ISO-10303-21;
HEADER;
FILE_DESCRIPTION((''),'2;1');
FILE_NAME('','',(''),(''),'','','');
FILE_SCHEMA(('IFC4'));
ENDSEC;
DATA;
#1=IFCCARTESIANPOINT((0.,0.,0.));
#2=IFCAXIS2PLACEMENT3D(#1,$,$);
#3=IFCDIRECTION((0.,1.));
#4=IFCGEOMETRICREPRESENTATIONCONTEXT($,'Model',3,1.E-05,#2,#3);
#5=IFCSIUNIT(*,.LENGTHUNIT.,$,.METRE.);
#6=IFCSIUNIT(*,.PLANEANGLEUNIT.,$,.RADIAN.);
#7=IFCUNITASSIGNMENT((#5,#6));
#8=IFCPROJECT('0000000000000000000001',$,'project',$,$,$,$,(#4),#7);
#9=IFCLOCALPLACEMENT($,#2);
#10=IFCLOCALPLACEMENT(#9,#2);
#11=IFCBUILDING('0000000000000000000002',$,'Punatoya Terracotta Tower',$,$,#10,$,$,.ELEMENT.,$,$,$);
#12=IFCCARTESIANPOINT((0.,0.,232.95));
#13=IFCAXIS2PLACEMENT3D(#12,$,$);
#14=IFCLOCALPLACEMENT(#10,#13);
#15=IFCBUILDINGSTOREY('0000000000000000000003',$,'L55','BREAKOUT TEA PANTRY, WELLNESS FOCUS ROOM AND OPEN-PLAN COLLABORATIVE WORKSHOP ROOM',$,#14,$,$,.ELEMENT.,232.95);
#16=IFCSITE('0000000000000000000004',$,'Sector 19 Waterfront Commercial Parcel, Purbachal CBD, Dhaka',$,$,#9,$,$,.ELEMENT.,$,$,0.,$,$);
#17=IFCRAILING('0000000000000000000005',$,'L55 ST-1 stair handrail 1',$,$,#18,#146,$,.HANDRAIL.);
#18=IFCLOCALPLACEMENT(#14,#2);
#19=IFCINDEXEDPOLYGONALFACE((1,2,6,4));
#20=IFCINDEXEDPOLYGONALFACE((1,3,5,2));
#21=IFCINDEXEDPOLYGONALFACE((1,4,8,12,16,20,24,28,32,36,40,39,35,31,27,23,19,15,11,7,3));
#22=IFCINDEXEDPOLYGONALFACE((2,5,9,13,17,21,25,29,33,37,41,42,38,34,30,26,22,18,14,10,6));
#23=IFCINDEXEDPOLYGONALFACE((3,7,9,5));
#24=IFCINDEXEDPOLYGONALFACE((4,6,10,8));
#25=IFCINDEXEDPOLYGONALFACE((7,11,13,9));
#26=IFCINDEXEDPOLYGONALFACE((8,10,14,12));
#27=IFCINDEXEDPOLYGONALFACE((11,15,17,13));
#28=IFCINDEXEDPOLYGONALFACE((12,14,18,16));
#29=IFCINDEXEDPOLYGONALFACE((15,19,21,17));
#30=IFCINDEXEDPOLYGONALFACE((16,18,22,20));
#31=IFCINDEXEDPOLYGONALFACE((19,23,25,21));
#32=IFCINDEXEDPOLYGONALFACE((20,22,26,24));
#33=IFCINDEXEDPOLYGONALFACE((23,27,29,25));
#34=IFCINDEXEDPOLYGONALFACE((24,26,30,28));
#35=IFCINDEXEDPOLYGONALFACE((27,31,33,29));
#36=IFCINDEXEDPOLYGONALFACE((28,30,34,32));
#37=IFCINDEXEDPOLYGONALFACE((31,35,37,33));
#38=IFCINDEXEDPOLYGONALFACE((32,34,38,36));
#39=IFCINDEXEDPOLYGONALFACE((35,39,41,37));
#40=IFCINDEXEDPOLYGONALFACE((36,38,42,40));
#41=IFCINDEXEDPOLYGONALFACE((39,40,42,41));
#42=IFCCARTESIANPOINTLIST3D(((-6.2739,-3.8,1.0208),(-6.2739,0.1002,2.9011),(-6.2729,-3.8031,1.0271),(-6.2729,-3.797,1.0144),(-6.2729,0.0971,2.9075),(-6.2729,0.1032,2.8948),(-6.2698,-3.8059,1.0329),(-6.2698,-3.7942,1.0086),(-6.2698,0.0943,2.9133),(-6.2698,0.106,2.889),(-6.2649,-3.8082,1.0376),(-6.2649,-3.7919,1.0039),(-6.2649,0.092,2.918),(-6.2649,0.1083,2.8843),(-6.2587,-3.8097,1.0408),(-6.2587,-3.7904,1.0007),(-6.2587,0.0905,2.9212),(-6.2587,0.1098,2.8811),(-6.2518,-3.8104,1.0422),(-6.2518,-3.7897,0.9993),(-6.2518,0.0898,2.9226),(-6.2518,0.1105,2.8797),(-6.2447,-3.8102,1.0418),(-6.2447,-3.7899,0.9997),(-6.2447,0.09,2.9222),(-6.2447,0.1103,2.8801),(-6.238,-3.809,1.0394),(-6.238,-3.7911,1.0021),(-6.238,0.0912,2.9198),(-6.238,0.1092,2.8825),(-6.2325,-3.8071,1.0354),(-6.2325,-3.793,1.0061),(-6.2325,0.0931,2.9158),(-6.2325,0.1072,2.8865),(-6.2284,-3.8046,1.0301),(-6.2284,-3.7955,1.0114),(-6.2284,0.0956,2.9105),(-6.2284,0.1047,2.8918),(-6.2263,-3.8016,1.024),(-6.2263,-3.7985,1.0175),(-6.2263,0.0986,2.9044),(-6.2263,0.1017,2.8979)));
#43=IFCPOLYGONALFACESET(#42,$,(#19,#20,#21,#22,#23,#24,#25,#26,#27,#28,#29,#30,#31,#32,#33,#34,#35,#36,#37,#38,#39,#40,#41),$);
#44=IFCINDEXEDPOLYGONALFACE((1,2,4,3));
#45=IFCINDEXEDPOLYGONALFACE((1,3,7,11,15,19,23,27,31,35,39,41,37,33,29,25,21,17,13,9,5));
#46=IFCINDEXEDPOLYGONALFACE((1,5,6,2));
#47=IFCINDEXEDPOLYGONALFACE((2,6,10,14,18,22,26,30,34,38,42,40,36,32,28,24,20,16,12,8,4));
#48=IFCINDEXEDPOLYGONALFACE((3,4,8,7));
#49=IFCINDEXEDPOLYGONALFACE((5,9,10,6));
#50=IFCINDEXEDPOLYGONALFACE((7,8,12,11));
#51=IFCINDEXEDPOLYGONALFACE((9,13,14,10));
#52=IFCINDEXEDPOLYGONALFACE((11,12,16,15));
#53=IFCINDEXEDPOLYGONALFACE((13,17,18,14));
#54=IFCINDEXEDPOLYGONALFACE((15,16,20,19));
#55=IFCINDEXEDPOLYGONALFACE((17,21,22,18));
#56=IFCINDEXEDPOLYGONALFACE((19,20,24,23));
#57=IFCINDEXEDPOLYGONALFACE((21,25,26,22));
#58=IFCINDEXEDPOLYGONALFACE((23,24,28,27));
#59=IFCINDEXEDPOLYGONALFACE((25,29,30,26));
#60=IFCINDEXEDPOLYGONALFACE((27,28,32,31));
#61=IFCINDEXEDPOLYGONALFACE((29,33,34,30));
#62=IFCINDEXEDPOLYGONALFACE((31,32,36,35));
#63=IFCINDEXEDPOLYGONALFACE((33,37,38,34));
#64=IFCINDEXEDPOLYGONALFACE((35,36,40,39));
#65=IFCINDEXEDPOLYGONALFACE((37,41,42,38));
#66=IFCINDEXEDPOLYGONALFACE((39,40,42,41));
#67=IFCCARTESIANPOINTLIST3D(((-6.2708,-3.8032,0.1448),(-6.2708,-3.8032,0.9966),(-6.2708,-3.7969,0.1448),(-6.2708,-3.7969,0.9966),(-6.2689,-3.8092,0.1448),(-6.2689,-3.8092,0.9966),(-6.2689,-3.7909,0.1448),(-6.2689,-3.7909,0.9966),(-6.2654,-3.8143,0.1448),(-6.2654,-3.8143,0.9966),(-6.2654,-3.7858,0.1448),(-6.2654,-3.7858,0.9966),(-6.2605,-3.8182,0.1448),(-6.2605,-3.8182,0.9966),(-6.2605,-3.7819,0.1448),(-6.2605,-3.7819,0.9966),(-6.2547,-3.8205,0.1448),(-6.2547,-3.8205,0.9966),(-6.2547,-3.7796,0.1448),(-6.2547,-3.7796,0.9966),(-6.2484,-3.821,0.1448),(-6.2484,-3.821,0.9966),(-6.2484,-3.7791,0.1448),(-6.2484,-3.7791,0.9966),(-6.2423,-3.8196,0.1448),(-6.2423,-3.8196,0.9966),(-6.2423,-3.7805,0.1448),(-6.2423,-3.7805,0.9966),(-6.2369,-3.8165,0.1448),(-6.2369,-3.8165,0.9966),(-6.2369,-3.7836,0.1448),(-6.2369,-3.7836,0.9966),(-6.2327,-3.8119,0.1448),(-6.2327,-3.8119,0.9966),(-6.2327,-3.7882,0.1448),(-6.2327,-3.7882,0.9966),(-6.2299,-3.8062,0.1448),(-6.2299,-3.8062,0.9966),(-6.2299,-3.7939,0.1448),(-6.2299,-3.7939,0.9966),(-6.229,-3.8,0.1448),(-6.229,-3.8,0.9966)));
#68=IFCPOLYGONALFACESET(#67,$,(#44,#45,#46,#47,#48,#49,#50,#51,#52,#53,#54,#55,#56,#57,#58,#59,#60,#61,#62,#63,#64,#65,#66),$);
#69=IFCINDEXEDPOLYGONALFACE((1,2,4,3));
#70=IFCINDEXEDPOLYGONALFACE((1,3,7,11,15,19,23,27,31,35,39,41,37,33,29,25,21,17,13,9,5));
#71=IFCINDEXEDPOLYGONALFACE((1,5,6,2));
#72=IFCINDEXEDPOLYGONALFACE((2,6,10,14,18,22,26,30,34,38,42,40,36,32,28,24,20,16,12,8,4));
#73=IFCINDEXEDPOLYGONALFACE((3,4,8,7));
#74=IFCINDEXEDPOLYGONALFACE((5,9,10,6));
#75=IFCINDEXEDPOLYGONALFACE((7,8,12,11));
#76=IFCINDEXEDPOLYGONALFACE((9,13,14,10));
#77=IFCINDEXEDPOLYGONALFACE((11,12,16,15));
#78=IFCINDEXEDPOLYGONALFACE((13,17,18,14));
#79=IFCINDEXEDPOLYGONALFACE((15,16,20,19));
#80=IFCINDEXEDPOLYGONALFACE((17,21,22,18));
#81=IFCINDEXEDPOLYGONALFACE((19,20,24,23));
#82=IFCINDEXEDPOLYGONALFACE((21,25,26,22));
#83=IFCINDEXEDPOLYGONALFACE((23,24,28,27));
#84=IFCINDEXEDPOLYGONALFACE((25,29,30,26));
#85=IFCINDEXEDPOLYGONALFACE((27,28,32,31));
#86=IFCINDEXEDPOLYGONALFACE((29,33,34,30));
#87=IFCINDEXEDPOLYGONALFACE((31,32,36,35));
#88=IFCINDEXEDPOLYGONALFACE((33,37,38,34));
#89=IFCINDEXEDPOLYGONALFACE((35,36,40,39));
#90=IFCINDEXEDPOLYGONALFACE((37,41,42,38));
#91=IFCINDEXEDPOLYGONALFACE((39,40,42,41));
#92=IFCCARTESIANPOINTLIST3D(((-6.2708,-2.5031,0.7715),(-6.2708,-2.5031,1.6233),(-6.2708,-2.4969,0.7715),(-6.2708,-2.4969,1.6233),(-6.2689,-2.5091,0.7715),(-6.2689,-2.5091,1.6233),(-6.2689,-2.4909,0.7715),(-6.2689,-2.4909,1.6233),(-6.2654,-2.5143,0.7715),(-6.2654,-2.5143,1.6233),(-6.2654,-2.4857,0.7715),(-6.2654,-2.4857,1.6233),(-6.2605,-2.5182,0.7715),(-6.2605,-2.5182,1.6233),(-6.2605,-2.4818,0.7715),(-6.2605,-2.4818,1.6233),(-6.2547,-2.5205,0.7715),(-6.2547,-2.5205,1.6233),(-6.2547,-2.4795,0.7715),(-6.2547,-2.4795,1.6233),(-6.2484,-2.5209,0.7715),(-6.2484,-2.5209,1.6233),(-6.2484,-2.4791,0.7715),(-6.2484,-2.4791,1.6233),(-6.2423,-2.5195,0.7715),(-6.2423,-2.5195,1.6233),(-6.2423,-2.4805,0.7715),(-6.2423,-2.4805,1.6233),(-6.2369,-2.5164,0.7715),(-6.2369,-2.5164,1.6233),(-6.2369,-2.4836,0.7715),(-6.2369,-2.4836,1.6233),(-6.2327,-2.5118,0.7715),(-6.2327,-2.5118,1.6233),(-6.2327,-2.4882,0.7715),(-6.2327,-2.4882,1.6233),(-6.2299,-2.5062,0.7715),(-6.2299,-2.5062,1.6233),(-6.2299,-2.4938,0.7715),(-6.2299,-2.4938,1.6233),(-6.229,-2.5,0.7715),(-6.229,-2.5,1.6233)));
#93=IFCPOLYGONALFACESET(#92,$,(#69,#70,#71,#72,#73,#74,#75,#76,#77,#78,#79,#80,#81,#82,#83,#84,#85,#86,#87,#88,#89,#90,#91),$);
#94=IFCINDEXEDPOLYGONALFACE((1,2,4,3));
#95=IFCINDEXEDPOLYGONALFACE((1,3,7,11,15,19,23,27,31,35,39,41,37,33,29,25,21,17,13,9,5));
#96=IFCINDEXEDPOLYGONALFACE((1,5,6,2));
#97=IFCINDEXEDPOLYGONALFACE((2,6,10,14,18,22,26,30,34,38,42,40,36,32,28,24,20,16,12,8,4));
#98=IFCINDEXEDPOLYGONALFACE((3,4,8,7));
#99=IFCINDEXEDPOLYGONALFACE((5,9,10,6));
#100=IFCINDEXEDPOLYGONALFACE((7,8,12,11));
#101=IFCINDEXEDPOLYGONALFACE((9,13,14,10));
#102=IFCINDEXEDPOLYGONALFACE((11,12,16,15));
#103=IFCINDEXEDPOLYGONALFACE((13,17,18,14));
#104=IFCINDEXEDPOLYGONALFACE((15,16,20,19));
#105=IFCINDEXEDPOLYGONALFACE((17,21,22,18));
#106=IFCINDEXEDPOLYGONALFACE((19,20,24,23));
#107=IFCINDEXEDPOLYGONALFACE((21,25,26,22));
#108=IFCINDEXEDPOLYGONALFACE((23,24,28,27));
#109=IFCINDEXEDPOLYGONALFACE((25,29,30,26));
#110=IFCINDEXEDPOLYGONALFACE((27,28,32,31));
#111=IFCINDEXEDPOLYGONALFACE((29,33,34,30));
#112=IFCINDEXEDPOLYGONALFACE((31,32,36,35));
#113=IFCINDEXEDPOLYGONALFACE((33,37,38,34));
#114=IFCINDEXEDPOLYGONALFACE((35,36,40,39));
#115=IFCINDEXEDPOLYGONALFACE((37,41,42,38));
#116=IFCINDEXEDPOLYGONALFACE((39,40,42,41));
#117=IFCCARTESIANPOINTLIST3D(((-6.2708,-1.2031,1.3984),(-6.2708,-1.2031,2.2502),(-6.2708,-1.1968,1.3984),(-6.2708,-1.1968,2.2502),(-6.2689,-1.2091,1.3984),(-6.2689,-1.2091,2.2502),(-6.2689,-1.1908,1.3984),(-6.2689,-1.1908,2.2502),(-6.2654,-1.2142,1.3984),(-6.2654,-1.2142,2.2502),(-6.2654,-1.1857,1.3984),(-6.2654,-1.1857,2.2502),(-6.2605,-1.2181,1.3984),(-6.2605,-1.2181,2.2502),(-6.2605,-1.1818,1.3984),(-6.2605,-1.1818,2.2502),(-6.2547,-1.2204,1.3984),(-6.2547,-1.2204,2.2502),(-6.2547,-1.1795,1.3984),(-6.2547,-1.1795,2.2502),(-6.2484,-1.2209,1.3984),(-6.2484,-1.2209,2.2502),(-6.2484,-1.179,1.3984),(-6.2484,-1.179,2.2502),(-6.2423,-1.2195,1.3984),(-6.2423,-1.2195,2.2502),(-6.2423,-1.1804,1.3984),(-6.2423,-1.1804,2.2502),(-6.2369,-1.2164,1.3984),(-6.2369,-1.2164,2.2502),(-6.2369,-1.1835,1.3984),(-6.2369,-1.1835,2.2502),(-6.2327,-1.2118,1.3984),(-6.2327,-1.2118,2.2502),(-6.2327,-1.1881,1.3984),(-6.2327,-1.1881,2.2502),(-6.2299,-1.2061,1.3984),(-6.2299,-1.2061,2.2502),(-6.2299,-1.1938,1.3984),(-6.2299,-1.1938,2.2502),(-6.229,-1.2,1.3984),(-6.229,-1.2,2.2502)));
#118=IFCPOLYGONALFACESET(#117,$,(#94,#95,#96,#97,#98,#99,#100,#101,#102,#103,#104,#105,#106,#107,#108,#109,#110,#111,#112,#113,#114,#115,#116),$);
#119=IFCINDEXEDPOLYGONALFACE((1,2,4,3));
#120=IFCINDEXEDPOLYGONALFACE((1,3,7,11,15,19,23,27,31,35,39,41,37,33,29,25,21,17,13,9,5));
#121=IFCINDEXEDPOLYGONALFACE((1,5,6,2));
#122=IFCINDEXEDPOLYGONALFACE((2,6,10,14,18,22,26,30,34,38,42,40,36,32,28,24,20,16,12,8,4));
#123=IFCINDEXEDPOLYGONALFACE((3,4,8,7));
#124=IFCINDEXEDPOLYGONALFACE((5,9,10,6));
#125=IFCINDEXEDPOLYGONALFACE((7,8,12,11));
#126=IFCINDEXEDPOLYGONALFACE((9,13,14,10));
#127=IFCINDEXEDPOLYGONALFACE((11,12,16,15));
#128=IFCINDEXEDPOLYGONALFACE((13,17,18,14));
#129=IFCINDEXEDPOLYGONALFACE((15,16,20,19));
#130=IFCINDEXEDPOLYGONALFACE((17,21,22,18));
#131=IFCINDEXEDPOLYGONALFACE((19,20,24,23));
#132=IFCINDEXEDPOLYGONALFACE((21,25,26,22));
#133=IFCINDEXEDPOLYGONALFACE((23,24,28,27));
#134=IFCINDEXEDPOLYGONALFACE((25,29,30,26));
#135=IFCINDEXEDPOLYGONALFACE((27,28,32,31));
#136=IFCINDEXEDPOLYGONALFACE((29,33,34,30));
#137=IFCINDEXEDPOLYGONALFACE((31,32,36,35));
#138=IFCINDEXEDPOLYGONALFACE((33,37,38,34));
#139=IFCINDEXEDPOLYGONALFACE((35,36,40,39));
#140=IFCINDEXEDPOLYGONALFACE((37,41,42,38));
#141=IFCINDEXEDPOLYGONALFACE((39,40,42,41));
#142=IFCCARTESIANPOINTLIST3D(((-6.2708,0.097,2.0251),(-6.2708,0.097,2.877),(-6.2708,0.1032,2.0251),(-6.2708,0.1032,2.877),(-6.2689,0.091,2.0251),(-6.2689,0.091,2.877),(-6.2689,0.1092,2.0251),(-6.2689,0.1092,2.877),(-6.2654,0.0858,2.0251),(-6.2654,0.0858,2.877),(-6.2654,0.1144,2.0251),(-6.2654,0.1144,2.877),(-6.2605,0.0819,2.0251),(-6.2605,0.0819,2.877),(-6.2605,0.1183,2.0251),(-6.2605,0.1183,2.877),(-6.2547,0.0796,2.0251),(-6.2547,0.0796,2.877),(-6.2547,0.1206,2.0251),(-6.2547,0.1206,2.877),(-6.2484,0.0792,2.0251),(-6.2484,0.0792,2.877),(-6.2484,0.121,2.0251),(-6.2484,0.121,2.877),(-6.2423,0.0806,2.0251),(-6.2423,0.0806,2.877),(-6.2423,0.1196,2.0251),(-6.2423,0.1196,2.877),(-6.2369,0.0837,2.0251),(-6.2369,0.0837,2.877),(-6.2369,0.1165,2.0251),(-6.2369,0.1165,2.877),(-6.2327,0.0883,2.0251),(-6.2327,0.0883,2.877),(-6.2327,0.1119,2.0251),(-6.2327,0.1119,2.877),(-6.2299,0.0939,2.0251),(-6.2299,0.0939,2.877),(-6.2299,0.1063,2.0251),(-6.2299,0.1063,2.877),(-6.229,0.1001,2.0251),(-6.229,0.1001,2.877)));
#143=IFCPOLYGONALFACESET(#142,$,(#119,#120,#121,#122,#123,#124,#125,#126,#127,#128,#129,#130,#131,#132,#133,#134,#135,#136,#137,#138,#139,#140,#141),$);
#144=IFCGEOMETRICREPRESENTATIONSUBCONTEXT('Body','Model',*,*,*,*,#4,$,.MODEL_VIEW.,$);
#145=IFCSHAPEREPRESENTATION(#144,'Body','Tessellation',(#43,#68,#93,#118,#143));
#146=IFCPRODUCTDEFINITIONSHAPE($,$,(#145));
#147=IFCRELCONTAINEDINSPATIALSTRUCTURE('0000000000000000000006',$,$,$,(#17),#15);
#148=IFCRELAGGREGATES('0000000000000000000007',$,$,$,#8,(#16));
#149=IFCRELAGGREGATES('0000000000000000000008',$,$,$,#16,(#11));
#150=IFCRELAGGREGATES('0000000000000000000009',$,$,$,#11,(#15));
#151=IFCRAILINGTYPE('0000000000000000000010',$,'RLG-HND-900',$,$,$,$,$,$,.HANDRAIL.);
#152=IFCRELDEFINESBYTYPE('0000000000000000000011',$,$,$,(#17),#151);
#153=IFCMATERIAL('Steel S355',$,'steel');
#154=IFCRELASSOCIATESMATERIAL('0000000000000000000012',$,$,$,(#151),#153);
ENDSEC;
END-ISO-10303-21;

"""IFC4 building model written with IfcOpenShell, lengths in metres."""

from ifc_helpers import new_model, si_unit, direction, frame, origin, origin_2d, place, context, subcontext, project, spatial, circle, extrude, material, type_object, element, save


model = new_model("IFC4")

# Units and contexts
model_context = context("Model", 3, precision=1e-05, world=origin(), true_north=direction((0.0, 1.0)))
body_context = subcontext(model_context, "Body", "Model", "MODEL_VIEW")
ifc_project = project(units=[si_unit("LENGTHUNIT", "METRE"), si_unit("PLANEANGLEUNIT", "RADIAN")], contexts=[model_context])

# Site, building, storey
site_placement = place(None, origin())
site = spatial("IfcSite", under=ifc_project, at=site_placement, Name="Sector 19 Waterfront Commercial Parcel, Purbachal CBD, Dhaka", CompositionType="ELEMENT", RefElevation=0.0)
building_placement = place(site_placement, origin())
building = spatial("IfcBuilding", under=site, at=building_placement, Name="Punatoya Terracotta Tower", CompositionType="ELEMENT")
storey_placement = place(building_placement, frame((0.0, 0.0, 232.95)))
storey = spatial("IfcBuildingStorey", under=building, at=storey_placement, Name="L55", Description="BREAKOUT TEA PANTRY, WELLNESS FOCUS ROOM AND OPEN-PLAN COLLABORATIVE WORKSHOP ROOM", CompositionType="ELEMENT", Elevation=232.95)

# Railing
ifc_material_1 = material(Name="Steel S355", Category="steel")
railing_type_1 = type_object("IfcRailingType", Name="RLG-HND-900", PredefinedType="HANDRAIL", material=ifc_material_1)
railing_1_placement = place(storey_placement, frame((-6.25, -3.8, 0.1448)))
element("IfcRailing", 1, at=railing_1_placement, inside=storey, type_object=railing_type_1, Name="L55 ST-1 stair handrail 1", PredefinedType="HANDRAIL", context=body_context, shape_type="SweptSolid", body=[
    extrude(circle(Radius=0.0239, at=origin_2d()), frame((0.0, 0.0, 0.876), z_axis=(0.0, 0.900774, 0.434289), x_axis=(-1.0, 0.0, 0.0)), (0.0, 0.0, 1.0), 4.3298),
    extrude(circle(Radius=0.021, at=origin_2d()), origin(), (0.0, 0.0, 1.0), 0.8518),
    extrude(circle(Radius=0.021, at=origin_2d()), frame((0.0, 1.3, 0.6267)), (0.0, 0.0, 1.0), 0.8518),
    extrude(circle(Radius=0.021, at=origin_2d()), frame((0.0, 2.6001, 1.2537)), (0.0, 0.0, 1.0), 0.8518),
    extrude(circle(Radius=0.021, at=origin_2d()), frame((0.0, 3.9001, 1.8804)), (0.0, 0.0, 1.0), 0.8518),
])

save(model, "model.ifc")
